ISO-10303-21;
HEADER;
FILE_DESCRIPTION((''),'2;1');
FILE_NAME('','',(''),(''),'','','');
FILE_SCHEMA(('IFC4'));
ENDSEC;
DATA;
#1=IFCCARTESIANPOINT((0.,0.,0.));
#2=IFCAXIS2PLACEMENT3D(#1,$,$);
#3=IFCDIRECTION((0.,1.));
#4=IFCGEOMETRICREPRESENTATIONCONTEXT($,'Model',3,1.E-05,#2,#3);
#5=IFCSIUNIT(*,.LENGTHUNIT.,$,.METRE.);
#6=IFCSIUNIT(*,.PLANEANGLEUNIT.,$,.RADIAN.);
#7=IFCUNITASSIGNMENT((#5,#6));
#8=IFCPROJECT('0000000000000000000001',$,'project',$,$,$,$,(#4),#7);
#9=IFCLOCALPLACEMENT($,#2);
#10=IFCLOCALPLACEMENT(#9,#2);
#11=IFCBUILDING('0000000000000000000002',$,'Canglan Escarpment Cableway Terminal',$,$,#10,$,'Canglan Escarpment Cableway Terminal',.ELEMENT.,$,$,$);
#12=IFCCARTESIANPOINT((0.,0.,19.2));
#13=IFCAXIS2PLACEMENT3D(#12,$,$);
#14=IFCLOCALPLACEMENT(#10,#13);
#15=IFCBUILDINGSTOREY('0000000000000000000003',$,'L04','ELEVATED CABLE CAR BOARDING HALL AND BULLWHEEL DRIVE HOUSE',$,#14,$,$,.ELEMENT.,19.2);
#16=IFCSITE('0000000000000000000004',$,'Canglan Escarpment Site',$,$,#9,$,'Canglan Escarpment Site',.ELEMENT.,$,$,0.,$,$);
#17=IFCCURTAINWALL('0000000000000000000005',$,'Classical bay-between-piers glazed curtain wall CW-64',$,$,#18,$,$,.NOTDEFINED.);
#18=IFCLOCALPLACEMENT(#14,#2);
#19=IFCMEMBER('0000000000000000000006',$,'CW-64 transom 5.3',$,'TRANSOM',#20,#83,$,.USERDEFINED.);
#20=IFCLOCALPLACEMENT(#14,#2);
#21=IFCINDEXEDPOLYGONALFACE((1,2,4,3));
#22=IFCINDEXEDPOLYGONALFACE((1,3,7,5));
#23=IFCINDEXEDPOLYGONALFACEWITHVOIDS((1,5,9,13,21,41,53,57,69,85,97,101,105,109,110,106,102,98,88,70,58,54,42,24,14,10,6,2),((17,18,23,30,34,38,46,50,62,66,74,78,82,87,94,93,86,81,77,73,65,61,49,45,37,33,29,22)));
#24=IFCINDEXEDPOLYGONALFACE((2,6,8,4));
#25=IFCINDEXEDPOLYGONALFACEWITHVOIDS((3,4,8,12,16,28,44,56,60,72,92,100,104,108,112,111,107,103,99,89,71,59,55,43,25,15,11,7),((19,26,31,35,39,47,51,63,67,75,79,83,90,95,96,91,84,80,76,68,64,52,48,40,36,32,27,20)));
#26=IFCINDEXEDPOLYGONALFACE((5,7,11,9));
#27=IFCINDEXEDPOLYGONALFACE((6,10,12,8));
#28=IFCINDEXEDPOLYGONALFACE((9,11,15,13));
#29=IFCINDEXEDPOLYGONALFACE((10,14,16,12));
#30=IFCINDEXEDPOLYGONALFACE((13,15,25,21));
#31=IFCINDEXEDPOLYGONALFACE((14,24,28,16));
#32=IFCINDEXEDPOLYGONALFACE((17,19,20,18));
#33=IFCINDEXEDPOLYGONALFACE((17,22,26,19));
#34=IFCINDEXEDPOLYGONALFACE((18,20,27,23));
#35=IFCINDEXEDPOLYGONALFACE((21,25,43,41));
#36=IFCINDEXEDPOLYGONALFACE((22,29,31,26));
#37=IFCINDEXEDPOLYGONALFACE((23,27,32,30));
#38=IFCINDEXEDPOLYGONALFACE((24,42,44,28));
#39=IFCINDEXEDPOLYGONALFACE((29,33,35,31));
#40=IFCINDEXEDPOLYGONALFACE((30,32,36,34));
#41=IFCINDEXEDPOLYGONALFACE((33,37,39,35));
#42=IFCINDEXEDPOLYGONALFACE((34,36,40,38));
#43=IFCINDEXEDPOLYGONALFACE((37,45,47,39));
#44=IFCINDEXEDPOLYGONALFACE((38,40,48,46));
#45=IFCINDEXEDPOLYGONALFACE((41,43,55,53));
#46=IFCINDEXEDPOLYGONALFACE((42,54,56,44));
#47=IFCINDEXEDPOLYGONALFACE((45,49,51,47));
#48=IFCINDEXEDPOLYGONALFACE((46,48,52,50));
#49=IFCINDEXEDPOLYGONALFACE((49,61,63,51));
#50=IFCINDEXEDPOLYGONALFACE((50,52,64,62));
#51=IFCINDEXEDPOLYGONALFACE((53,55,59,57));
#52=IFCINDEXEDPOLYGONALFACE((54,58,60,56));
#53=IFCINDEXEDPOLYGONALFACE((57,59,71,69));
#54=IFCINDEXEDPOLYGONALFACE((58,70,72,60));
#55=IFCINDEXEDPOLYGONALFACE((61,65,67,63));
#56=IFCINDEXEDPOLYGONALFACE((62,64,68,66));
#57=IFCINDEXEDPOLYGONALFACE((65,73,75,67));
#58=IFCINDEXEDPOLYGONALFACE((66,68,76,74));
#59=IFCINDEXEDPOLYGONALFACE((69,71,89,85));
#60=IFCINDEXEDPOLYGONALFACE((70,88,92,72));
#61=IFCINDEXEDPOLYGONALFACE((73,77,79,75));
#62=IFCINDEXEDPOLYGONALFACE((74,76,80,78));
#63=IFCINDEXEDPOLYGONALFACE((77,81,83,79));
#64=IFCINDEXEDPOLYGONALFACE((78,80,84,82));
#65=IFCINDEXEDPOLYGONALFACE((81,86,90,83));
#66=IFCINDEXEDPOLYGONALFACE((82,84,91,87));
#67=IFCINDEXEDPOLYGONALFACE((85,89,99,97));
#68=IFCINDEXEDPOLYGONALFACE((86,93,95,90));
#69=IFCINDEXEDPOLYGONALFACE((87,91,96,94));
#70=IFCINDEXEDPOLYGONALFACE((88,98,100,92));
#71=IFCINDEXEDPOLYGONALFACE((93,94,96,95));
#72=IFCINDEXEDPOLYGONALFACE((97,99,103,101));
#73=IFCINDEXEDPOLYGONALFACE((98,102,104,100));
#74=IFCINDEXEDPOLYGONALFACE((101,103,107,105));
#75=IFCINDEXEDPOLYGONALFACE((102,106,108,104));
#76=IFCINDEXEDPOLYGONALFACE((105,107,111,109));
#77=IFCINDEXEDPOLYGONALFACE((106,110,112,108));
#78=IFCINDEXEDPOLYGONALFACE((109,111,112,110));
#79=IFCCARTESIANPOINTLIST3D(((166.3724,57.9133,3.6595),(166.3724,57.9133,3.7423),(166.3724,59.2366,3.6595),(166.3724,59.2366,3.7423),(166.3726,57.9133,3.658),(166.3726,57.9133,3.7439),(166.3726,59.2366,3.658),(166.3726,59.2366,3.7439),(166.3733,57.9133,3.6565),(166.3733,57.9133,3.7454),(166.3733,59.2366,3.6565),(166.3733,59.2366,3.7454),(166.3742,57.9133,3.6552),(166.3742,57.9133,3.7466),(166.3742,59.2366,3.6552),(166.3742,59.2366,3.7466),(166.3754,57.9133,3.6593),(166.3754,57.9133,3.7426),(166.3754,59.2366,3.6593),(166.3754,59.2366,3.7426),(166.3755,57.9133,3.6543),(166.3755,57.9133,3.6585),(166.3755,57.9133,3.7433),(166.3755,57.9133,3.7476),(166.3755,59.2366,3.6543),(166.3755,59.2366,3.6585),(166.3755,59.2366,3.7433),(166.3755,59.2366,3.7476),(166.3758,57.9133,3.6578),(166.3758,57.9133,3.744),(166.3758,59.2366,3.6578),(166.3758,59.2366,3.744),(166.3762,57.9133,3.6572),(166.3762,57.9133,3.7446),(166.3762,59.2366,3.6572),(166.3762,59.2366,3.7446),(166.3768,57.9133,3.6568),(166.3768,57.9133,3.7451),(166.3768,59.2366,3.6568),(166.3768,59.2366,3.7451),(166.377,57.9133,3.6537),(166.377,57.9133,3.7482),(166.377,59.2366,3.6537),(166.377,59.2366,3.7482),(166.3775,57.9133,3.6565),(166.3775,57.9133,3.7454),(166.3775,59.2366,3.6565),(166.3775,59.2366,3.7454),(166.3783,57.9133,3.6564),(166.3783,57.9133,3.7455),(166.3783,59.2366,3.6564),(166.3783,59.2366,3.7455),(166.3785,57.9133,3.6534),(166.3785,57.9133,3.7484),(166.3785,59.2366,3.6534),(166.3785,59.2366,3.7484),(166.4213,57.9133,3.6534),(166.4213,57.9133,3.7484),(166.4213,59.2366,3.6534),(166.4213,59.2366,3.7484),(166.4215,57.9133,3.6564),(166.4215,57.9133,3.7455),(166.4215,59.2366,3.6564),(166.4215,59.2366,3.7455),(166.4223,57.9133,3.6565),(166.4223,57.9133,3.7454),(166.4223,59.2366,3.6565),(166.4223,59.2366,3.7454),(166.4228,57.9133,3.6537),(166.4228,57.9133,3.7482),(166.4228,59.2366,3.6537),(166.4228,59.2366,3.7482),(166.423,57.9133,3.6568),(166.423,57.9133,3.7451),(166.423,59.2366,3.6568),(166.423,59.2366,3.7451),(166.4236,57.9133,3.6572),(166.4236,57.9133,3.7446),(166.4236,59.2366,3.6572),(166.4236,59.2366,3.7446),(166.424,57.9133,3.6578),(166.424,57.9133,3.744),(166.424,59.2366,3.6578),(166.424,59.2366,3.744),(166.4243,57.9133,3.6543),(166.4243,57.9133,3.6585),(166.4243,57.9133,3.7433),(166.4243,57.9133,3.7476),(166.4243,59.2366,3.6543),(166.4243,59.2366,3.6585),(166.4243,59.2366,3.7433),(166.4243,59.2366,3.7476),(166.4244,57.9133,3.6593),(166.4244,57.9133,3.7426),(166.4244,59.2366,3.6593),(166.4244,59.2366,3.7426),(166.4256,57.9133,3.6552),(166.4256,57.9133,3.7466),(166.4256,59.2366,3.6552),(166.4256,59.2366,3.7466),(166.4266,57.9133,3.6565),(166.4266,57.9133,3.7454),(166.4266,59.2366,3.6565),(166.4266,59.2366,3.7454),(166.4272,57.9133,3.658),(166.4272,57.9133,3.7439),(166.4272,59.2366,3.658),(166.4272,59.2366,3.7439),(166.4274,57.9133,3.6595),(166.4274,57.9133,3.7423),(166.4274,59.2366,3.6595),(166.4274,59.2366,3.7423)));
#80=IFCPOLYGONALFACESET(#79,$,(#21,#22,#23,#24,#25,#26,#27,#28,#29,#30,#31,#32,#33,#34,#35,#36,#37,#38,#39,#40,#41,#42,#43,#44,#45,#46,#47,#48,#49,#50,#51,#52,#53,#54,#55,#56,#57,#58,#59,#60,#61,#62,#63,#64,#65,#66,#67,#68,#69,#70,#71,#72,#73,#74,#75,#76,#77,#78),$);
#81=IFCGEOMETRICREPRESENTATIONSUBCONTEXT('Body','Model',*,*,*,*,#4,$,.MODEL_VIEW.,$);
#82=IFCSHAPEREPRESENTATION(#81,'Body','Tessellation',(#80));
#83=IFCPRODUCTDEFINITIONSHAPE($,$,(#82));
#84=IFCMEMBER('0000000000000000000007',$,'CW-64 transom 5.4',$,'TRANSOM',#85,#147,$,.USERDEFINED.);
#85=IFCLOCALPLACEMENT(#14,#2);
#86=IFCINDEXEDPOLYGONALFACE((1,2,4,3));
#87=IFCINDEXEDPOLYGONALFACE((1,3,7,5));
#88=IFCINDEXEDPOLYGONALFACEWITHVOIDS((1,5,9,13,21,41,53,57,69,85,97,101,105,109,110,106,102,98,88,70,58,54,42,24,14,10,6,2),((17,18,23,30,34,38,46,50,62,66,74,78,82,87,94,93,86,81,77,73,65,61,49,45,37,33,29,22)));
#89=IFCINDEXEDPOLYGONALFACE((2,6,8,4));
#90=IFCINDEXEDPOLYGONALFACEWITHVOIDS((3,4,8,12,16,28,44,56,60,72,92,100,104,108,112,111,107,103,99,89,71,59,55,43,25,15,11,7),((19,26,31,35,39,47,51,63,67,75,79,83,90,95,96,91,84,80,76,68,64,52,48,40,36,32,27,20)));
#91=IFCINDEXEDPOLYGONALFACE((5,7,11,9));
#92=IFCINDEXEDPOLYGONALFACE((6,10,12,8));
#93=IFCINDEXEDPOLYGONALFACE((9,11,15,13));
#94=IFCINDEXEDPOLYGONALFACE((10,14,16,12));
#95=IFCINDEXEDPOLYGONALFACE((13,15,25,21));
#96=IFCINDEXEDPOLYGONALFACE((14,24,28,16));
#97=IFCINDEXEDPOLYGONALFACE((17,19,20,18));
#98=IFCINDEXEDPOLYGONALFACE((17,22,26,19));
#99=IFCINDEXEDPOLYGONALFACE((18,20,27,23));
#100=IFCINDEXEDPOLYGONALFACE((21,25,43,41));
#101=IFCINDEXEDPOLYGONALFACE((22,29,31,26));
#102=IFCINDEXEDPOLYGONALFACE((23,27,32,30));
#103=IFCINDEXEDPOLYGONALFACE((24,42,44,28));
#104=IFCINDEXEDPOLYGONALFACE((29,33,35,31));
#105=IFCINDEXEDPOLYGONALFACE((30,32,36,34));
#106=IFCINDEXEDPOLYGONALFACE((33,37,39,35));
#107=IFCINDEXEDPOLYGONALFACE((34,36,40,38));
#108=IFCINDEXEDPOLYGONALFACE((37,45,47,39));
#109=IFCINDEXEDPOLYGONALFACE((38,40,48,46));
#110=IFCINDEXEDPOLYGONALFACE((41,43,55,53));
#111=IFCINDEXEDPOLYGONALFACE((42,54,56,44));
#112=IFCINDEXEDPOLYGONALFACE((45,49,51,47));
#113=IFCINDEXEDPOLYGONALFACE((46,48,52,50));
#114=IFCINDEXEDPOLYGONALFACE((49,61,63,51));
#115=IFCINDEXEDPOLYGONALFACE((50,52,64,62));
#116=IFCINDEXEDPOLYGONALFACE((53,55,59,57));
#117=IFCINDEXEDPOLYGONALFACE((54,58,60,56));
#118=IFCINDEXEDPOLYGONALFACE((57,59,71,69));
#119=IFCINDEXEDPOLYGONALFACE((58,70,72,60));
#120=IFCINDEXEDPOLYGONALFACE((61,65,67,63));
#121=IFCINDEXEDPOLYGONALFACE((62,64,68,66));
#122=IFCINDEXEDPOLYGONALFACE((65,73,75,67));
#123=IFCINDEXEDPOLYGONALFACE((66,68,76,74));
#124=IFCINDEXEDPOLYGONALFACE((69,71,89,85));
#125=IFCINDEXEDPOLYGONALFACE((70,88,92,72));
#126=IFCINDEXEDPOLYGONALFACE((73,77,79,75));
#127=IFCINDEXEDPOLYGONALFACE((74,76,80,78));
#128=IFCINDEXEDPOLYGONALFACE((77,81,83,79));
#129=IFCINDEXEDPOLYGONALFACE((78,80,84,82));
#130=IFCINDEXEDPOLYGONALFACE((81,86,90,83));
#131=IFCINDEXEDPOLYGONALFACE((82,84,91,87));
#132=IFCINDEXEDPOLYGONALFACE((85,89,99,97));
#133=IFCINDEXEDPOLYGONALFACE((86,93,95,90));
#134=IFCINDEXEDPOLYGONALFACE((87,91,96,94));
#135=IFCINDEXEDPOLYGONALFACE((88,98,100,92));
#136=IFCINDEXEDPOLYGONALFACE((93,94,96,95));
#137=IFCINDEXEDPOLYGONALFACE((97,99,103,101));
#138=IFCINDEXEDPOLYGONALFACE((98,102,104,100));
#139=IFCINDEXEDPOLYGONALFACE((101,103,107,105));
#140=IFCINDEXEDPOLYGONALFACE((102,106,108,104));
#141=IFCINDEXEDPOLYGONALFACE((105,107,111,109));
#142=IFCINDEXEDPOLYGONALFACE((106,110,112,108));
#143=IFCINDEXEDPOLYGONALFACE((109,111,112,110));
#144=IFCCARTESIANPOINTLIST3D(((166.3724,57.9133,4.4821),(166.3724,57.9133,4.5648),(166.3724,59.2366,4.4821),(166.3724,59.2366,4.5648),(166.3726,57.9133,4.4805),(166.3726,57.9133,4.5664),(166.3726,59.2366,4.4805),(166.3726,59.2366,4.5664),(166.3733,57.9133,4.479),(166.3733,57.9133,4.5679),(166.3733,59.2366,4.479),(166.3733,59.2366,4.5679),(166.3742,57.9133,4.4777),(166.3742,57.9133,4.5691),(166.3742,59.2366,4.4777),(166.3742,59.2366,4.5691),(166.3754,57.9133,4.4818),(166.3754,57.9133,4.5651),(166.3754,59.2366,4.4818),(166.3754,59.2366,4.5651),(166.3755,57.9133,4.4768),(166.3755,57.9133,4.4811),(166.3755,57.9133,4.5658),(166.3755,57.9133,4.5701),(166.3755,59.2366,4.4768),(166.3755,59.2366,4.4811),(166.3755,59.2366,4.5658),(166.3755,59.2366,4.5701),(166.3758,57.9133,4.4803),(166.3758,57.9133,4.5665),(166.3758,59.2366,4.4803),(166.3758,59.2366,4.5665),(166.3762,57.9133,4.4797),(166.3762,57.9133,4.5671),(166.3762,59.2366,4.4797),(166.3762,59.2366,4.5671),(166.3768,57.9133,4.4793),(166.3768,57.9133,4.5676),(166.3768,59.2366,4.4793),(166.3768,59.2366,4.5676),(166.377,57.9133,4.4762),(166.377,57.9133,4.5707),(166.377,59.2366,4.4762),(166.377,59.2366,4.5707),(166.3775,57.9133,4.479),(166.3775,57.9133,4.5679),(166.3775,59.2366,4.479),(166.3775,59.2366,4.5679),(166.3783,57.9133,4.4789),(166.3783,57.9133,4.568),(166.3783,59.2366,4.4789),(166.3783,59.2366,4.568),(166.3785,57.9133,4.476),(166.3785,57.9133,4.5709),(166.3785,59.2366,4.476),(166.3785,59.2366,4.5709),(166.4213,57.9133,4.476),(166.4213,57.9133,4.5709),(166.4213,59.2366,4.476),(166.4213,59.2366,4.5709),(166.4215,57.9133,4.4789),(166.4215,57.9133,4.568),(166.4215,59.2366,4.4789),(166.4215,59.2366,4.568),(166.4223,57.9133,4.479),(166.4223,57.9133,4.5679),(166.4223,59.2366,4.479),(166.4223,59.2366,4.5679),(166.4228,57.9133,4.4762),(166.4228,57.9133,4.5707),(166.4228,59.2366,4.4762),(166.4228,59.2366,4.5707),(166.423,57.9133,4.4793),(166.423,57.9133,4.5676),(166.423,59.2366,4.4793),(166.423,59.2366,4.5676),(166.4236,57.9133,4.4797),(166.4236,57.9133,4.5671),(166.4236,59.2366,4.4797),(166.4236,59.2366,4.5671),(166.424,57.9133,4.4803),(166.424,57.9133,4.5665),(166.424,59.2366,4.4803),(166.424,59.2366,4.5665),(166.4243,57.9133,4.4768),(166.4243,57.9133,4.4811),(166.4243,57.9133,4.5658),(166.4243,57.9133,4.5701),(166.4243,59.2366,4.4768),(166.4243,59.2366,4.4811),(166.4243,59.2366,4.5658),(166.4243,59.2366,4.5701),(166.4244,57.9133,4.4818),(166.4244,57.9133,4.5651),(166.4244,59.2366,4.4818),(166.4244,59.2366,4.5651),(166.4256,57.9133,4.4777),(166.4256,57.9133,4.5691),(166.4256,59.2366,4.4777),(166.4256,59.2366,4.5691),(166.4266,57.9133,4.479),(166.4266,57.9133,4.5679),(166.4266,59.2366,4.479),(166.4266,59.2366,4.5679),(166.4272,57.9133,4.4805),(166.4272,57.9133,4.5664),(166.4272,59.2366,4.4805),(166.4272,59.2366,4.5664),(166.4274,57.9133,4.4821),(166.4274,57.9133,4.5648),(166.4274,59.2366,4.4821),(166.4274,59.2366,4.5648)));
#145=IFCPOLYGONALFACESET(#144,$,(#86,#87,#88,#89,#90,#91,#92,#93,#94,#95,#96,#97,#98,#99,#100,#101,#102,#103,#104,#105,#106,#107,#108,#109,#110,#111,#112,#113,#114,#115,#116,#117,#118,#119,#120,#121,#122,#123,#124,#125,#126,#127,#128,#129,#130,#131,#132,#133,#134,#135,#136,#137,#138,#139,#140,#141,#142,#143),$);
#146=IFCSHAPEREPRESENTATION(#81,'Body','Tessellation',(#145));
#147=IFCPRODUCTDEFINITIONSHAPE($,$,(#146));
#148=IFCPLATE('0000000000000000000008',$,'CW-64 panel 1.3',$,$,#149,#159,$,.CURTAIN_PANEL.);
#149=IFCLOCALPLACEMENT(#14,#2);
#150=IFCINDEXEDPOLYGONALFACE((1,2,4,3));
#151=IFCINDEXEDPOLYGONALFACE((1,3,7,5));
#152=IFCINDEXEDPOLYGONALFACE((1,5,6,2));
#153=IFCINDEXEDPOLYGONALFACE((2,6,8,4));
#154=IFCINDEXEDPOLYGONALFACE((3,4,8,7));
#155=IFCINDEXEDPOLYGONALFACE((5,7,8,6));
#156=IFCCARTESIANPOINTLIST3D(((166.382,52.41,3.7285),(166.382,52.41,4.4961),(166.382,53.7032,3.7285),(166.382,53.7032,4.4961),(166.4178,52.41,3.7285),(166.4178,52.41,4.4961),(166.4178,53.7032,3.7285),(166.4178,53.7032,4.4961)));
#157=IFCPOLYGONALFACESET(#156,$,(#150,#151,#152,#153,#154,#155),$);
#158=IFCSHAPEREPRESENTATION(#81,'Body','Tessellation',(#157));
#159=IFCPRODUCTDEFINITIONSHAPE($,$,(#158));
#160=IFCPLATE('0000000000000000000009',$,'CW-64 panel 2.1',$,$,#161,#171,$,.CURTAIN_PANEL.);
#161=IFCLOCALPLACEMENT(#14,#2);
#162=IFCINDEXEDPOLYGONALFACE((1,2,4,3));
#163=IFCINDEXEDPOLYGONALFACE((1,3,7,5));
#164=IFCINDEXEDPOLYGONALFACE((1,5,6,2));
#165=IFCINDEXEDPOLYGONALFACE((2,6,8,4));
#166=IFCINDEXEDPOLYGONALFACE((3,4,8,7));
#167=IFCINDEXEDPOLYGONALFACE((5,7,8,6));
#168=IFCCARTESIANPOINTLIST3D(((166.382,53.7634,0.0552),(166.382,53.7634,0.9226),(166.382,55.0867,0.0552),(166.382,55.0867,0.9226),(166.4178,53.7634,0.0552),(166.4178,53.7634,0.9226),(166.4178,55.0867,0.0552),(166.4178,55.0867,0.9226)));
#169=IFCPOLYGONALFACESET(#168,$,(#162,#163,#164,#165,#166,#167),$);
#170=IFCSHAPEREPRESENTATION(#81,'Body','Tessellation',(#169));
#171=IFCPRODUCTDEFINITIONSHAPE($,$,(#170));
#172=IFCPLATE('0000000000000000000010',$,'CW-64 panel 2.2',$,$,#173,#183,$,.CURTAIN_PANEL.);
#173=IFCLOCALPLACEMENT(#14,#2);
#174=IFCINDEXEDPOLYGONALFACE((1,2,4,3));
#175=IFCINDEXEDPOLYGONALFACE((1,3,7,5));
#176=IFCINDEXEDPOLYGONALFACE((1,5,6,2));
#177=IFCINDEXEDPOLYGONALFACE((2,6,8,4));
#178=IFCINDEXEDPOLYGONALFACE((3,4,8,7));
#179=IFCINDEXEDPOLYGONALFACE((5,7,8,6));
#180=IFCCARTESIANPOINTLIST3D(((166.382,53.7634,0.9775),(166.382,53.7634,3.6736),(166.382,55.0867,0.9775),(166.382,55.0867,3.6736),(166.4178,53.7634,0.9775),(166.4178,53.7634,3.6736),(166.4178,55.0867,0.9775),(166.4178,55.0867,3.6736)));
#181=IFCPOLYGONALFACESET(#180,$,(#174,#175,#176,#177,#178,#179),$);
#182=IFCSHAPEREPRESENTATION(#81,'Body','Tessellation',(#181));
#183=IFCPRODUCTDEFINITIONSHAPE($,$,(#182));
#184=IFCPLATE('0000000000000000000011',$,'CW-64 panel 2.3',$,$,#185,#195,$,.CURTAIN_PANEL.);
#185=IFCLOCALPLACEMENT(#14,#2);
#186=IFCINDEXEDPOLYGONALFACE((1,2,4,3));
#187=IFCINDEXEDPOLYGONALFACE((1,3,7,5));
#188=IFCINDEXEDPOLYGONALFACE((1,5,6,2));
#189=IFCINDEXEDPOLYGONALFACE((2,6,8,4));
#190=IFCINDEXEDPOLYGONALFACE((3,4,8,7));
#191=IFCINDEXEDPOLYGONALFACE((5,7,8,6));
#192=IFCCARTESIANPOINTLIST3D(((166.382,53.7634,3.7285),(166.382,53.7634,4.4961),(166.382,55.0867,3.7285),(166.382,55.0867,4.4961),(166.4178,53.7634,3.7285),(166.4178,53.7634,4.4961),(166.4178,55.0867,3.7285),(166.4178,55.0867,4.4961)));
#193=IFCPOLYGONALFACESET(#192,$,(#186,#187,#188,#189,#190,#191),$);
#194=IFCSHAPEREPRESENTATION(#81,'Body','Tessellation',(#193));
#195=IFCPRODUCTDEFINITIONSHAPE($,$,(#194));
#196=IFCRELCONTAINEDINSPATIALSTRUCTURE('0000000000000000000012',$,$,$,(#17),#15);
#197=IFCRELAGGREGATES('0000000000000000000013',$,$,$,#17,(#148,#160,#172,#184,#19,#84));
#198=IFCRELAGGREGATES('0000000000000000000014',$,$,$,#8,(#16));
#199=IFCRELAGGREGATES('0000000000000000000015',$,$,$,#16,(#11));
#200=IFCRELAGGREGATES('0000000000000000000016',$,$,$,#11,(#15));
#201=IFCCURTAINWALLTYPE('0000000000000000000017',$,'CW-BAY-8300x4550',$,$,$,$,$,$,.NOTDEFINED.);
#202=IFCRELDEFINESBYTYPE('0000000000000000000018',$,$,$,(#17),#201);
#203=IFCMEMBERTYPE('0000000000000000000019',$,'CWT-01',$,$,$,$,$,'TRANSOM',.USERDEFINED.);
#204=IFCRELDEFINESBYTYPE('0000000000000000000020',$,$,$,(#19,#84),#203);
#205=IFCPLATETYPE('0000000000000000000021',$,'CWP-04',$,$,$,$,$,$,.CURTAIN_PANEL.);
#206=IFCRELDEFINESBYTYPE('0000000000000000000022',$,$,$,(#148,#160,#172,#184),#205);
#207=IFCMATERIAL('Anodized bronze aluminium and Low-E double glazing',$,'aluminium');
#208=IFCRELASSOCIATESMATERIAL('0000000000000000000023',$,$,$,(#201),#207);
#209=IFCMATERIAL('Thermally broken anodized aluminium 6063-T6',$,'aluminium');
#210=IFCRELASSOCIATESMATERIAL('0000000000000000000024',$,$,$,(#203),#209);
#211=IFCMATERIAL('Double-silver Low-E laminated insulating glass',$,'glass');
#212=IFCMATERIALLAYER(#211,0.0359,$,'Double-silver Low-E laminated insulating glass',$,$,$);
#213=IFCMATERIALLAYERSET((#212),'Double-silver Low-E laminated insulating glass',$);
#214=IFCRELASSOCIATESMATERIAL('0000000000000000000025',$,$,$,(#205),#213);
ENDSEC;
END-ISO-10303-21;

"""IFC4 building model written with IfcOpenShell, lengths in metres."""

from ifc_helpers import new_model, si_unit, direction, frame, origin, origin_2d, place, context, subcontext, project, spatial, rectangle, hollow_rectangle, extrude, material, layer, layer_set, material_profile, profile_set, type_object, element, aggregate, save


model = new_model("IFC4")

# Units and contexts
model_context = context("Model", 3, precision=1e-05, world=origin(), true_north=direction((0.0, 1.0)))
body_context = subcontext(model_context, "Body", "Model", "MODEL_VIEW")
ifc_project = project(units=[si_unit("LENGTHUNIT", "METRE"), si_unit("PLANEANGLEUNIT", "RADIAN")], contexts=[model_context])

# Site, building, storey
site_placement = place(None, origin())
site = spatial("IfcSite", under=ifc_project, at=site_placement, Name="Canglan Escarpment Site", LongName="Canglan Escarpment Site", CompositionType="ELEMENT", RefElevation=0.0)
building_placement = place(site_placement, origin())
building = spatial("IfcBuilding", under=site, at=building_placement, Name="Canglan Escarpment Cableway Terminal", LongName="Canglan Escarpment Cableway Terminal", CompositionType="ELEMENT")
storey_placement = place(building_placement, frame((0.0, 0.0, 19.2)))
storey = spatial("IfcBuildingStorey", under=building, at=storey_placement, Name="L04", Description="ELEVATED CABLE CAR BOARDING HALL AND BULLWHEEL DRIVE HOUSE", CompositionType="ELEMENT", Elevation=19.2)

# Curtain wall, members, plates
ifc_material_1 = material(Name="Anodized bronze aluminium and Low-E double glazing", Category="aluminium")
curtain_wall_type = type_object("IfcCurtainWallType", Name="CW-BAY-8300x4550", PredefinedType="NOTDEFINED", material=ifc_material_1)
curtain_wall_placement = place(storey_placement, origin())
curtain_wall = element("IfcCurtainWall", 1, at=curtain_wall_placement, inside=storey, type_object=curtain_wall_type, Name="Classical bay-between-piers glazed curtain wall CW-64", PredefinedType="NOTDEFINED")
ifc_material_2 = material(Name="Thermally broken anodized aluminium 6063-T6", Category="aluminium")
ifc_material_profile_1 = material_profile(ifc_material_2, hollow_rectangle(XDim=0.0549, YDim=0.095, WallThickness=0.0029, InnerFilletRadius=0.0029, OuterFilletRadius=0.0061, at=origin_2d()), Name="ALU-TRAN 55x95x3")
ifc_profile_set_1 = profile_set([ifc_material_profile_1], Name="Thermally broken anodized aluminium 6063-T6")
member_type_1 = type_object("IfcMemberType", Name="CWT-01", ElementType="TRANSOM", PredefinedType="USERDEFINED", material=ifc_profile_set_1)
member_1_placement = place(storey_placement, frame((166.3999, 57.9133, 3.7009), z_axis=(0.0, 1.0, 0.0), x_axis=(-1.0, 0.0, 0.0)))
member_1 = element("IfcMember", 2, at=member_1_placement, type_object=member_type_1, Name="CW-64 transom 5.3", ObjectType="TRANSOM", PredefinedType="USERDEFINED", context=body_context, shape_type="SweptSolid", body=[
    extrude(hollow_rectangle(XDim=0.0549, YDim=0.095, WallThickness=0.0029, InnerFilletRadius=0.0029, OuterFilletRadius=0.0061, at=origin_2d()), origin(), (0.0, 0.0, 1.0), 1.3232),
])
member_2_placement = place(storey_placement, frame((166.3999, 57.9133, 4.5234), z_axis=(0.0, 1.0, 0.0), x_axis=(-1.0, 0.0, 0.0)))
member_2 = element("IfcMember", 3, at=member_2_placement, type_object=member_type_1, Name="CW-64 transom 5.4", ObjectType="TRANSOM", PredefinedType="USERDEFINED", context=body_context, shape_type="SweptSolid", body=[
    extrude(hollow_rectangle(XDim=0.0549, YDim=0.095, WallThickness=0.0029, InnerFilletRadius=0.0029, OuterFilletRadius=0.0061, at=origin_2d()), origin(), (0.0, 0.0, 1.0), 1.3232),
])
ifc_material_3 = material(Name="Double-silver Low-E laminated insulating glass", Category="glass")
ifc_layer = layer(ifc_material_3, 0.0359, Name="Double-silver Low-E laminated insulating glass")
ifc_layer_set = layer_set([ifc_layer], Name="Double-silver Low-E laminated insulating glass")
plate_type = type_object("IfcPlateType", Name="CWP-04", PredefinedType="CURTAIN_PANEL", material=ifc_layer_set)
plate_1_placement = place(storey_placement, frame((166.3999, 53.0566, 3.7285), z_axis=(0.0, 0.0, 1.0), x_axis=(0.0, 1.0, 0.0)))
plate_1 = element("IfcPlate", 4, at=plate_1_placement, type_object=plate_type, Name="CW-64 panel 1.3", PredefinedType="CURTAIN_PANEL", context=body_context, shape_type="SweptSolid", body=[
    extrude(rectangle(XDim=1.2932, YDim=0.0359, at=origin_2d()), origin(), (0.0, 0.0, 1.0), 0.7676),
])
plate_2_placement = place(storey_placement, frame((166.3999, 54.425, 0.0552), z_axis=(0.0, 0.0, 1.0), x_axis=(0.0, 1.0, 0.0)))
plate_2 = element("IfcPlate", 5, at=plate_2_placement, type_object=plate_type, Name="CW-64 panel 2.1", PredefinedType="CURTAIN_PANEL", context=body_context, shape_type="SweptSolid", body=[
    extrude(rectangle(XDim=1.3232, YDim=0.0359, at=origin_2d()), origin(), (0.0, 0.0, 1.0), 0.8674),
])
plate_3_placement = place(storey_placement, frame((166.3999, 54.425, 0.9775), z_axis=(0.0, 0.0, 1.0), x_axis=(0.0, 1.0, 0.0)))
plate_3 = element("IfcPlate", 6, at=plate_3_placement, type_object=plate_type, Name="CW-64 panel 2.2", PredefinedType="CURTAIN_PANEL", context=body_context, shape_type="SweptSolid", body=[
    extrude(rectangle(XDim=1.3232, YDim=0.0359, at=origin_2d()), origin(), (0.0, 0.0, 1.0), 2.696),
])
plate_4_placement = place(storey_placement, frame((166.3999, 54.425, 3.7285), z_axis=(0.0, 0.0, 1.0), x_axis=(0.0, 1.0, 0.0)))
plate_4 = element("IfcPlate", 7, at=plate_4_placement, type_object=plate_type, Name="CW-64 panel 2.3", PredefinedType="CURTAIN_PANEL", context=body_context, shape_type="SweptSolid", body=[
    extrude(rectangle(XDim=1.3232, YDim=0.0359, at=origin_2d()), origin(), (0.0, 0.0, 1.0), 0.7676),
])
aggregate(curtain_wall, [plate_1, plate_2, plate_3, plate_4, member_1, member_2])

save(model, "model.ifc")
